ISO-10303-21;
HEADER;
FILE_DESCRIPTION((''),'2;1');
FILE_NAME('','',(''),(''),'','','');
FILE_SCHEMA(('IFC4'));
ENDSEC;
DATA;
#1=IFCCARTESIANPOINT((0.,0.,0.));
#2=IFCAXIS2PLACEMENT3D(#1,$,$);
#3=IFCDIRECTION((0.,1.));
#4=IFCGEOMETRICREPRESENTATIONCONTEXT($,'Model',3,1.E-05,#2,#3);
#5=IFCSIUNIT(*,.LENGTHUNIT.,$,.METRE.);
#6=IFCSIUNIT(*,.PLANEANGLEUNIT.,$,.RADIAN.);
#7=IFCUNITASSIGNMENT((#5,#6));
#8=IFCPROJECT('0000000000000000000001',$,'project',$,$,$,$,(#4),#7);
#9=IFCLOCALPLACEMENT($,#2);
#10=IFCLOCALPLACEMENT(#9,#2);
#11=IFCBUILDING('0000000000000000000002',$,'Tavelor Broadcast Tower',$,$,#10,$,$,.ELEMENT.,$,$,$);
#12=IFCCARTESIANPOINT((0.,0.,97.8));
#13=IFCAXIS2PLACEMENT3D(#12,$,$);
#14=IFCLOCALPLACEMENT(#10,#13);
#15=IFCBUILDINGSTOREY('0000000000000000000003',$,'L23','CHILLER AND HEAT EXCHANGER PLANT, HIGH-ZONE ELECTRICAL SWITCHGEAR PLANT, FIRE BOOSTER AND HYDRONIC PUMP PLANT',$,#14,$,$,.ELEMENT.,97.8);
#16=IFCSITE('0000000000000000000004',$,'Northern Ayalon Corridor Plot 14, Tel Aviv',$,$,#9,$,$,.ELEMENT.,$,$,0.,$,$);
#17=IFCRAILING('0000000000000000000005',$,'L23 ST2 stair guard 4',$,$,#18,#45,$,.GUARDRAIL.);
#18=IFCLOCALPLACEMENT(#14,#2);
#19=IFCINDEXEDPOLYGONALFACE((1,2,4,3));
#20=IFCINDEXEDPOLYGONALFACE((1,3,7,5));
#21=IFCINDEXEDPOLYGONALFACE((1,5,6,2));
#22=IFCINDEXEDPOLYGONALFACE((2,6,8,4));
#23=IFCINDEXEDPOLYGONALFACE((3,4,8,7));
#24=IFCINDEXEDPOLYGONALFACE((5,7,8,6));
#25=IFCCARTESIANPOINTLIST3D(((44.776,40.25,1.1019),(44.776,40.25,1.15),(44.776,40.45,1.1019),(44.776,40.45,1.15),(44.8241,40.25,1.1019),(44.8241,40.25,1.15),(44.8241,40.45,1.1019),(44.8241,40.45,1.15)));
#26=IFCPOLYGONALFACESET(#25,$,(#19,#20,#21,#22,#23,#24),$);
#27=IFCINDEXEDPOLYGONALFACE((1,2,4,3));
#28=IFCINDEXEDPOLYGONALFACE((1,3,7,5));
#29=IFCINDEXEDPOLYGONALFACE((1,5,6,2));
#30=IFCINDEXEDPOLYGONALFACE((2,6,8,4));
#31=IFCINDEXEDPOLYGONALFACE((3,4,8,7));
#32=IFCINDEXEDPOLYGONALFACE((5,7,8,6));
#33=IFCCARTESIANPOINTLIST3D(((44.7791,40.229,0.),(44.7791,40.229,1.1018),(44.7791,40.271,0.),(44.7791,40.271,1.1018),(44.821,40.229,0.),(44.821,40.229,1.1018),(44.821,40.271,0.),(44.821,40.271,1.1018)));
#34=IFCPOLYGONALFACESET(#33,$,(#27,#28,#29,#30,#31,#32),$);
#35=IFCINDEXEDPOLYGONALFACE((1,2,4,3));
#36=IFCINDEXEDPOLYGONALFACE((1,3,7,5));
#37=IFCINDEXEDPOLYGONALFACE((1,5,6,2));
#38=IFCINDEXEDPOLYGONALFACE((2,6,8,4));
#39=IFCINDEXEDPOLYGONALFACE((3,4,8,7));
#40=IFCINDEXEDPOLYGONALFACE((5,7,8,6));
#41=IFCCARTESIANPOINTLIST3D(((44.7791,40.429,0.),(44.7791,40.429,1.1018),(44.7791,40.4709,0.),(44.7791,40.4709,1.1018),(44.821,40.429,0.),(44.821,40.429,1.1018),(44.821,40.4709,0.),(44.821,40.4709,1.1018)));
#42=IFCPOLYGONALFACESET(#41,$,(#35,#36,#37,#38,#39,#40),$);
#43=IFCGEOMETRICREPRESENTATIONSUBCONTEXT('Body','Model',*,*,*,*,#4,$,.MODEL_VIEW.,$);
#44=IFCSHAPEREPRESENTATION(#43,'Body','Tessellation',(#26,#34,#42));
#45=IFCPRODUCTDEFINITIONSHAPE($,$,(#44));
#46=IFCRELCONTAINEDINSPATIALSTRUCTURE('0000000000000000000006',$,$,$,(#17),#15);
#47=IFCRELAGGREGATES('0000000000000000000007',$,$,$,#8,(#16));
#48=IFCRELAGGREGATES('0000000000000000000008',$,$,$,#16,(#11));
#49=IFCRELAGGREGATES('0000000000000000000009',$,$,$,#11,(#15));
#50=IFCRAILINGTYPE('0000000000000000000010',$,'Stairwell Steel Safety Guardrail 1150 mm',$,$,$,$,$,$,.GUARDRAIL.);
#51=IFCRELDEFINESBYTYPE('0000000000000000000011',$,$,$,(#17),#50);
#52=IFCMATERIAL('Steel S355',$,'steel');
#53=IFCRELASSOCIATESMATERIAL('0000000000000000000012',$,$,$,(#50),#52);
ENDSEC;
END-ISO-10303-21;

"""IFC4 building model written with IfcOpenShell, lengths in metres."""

from ifc_helpers import new_model, si_unit, direction, frame, origin, origin_2d, place, context, subcontext, project, spatial, rectangle, extrude, material, type_object, element, save


model = new_model("IFC4")

# Units and contexts
model_context = context("Model", 3, precision=1e-05, world=origin(), true_north=direction((0.0, 1.0)))
body_context = subcontext(model_context, "Body", "Model", "MODEL_VIEW")
ifc_project = project(units=[si_unit("LENGTHUNIT", "METRE"), si_unit("PLANEANGLEUNIT", "RADIAN")], contexts=[model_context])

# Site, building, storey
site_placement = place(None, origin())
site = spatial("IfcSite", under=ifc_project, at=site_placement, Name="Northern Ayalon Corridor Plot 14, Tel Aviv", CompositionType="ELEMENT", RefElevation=0.0)
building_placement = place(site_placement, origin())
building = spatial("IfcBuilding", under=site, at=building_placement, Name="Tavelor Broadcast Tower", CompositionType="ELEMENT")
storey_placement = place(building_placement, frame((0.0, 0.0, 97.8)))
storey = spatial("IfcBuildingStorey", under=building, at=storey_placement, Name="L23", Description="CHILLER AND HEAT EXCHANGER PLANT, HIGH-ZONE ELECTRICAL SWITCHGEAR PLANT, FIRE BOOSTER AND HYDRONIC PUMP PLANT", CompositionType="ELEMENT", Elevation=97.8)

# Shared definitions
ifc_material_1 = material(Name="Steel S355", Category="steel")

# Railing
railing_type_1 = type_object("IfcRailingType", Name="Stairwell Steel Safety Guardrail 1150 mm", PredefinedType="GUARDRAIL", material=ifc_material_1)
railing_1_placement = place(storey_placement, frame((44.8, 40.25, 0.0)))
element("IfcRailing", 1, at=railing_1_placement, inside=storey, type_object=railing_type_1, Name="L23 ST2 stair guard 4", PredefinedType="GUARDRAIL", context=body_context, shape_type="SweptSolid", body=[
    extrude(rectangle(XDim=0.0481, YDim=0.0481, at=origin_2d()), frame((0.0, 0.0, 1.126), z_axis=(0.0, 1.0, 0.0), x_axis=(-1.0, 0.0, 0.0)), (0.0, 0.0, 1.0), 0.2),
    extrude(rectangle(XDim=0.042, YDim=0.042, at=origin_2d()), origin(), (0.0, 0.0, 1.0), 1.1018),
    extrude(rectangle(XDim=0.042, YDim=0.042, at=origin_2d()), frame((0.0, 0.2, 0.0)), (0.0, 0.0, 1.0), 1.1018),
])

save(model, "model.ifc")
